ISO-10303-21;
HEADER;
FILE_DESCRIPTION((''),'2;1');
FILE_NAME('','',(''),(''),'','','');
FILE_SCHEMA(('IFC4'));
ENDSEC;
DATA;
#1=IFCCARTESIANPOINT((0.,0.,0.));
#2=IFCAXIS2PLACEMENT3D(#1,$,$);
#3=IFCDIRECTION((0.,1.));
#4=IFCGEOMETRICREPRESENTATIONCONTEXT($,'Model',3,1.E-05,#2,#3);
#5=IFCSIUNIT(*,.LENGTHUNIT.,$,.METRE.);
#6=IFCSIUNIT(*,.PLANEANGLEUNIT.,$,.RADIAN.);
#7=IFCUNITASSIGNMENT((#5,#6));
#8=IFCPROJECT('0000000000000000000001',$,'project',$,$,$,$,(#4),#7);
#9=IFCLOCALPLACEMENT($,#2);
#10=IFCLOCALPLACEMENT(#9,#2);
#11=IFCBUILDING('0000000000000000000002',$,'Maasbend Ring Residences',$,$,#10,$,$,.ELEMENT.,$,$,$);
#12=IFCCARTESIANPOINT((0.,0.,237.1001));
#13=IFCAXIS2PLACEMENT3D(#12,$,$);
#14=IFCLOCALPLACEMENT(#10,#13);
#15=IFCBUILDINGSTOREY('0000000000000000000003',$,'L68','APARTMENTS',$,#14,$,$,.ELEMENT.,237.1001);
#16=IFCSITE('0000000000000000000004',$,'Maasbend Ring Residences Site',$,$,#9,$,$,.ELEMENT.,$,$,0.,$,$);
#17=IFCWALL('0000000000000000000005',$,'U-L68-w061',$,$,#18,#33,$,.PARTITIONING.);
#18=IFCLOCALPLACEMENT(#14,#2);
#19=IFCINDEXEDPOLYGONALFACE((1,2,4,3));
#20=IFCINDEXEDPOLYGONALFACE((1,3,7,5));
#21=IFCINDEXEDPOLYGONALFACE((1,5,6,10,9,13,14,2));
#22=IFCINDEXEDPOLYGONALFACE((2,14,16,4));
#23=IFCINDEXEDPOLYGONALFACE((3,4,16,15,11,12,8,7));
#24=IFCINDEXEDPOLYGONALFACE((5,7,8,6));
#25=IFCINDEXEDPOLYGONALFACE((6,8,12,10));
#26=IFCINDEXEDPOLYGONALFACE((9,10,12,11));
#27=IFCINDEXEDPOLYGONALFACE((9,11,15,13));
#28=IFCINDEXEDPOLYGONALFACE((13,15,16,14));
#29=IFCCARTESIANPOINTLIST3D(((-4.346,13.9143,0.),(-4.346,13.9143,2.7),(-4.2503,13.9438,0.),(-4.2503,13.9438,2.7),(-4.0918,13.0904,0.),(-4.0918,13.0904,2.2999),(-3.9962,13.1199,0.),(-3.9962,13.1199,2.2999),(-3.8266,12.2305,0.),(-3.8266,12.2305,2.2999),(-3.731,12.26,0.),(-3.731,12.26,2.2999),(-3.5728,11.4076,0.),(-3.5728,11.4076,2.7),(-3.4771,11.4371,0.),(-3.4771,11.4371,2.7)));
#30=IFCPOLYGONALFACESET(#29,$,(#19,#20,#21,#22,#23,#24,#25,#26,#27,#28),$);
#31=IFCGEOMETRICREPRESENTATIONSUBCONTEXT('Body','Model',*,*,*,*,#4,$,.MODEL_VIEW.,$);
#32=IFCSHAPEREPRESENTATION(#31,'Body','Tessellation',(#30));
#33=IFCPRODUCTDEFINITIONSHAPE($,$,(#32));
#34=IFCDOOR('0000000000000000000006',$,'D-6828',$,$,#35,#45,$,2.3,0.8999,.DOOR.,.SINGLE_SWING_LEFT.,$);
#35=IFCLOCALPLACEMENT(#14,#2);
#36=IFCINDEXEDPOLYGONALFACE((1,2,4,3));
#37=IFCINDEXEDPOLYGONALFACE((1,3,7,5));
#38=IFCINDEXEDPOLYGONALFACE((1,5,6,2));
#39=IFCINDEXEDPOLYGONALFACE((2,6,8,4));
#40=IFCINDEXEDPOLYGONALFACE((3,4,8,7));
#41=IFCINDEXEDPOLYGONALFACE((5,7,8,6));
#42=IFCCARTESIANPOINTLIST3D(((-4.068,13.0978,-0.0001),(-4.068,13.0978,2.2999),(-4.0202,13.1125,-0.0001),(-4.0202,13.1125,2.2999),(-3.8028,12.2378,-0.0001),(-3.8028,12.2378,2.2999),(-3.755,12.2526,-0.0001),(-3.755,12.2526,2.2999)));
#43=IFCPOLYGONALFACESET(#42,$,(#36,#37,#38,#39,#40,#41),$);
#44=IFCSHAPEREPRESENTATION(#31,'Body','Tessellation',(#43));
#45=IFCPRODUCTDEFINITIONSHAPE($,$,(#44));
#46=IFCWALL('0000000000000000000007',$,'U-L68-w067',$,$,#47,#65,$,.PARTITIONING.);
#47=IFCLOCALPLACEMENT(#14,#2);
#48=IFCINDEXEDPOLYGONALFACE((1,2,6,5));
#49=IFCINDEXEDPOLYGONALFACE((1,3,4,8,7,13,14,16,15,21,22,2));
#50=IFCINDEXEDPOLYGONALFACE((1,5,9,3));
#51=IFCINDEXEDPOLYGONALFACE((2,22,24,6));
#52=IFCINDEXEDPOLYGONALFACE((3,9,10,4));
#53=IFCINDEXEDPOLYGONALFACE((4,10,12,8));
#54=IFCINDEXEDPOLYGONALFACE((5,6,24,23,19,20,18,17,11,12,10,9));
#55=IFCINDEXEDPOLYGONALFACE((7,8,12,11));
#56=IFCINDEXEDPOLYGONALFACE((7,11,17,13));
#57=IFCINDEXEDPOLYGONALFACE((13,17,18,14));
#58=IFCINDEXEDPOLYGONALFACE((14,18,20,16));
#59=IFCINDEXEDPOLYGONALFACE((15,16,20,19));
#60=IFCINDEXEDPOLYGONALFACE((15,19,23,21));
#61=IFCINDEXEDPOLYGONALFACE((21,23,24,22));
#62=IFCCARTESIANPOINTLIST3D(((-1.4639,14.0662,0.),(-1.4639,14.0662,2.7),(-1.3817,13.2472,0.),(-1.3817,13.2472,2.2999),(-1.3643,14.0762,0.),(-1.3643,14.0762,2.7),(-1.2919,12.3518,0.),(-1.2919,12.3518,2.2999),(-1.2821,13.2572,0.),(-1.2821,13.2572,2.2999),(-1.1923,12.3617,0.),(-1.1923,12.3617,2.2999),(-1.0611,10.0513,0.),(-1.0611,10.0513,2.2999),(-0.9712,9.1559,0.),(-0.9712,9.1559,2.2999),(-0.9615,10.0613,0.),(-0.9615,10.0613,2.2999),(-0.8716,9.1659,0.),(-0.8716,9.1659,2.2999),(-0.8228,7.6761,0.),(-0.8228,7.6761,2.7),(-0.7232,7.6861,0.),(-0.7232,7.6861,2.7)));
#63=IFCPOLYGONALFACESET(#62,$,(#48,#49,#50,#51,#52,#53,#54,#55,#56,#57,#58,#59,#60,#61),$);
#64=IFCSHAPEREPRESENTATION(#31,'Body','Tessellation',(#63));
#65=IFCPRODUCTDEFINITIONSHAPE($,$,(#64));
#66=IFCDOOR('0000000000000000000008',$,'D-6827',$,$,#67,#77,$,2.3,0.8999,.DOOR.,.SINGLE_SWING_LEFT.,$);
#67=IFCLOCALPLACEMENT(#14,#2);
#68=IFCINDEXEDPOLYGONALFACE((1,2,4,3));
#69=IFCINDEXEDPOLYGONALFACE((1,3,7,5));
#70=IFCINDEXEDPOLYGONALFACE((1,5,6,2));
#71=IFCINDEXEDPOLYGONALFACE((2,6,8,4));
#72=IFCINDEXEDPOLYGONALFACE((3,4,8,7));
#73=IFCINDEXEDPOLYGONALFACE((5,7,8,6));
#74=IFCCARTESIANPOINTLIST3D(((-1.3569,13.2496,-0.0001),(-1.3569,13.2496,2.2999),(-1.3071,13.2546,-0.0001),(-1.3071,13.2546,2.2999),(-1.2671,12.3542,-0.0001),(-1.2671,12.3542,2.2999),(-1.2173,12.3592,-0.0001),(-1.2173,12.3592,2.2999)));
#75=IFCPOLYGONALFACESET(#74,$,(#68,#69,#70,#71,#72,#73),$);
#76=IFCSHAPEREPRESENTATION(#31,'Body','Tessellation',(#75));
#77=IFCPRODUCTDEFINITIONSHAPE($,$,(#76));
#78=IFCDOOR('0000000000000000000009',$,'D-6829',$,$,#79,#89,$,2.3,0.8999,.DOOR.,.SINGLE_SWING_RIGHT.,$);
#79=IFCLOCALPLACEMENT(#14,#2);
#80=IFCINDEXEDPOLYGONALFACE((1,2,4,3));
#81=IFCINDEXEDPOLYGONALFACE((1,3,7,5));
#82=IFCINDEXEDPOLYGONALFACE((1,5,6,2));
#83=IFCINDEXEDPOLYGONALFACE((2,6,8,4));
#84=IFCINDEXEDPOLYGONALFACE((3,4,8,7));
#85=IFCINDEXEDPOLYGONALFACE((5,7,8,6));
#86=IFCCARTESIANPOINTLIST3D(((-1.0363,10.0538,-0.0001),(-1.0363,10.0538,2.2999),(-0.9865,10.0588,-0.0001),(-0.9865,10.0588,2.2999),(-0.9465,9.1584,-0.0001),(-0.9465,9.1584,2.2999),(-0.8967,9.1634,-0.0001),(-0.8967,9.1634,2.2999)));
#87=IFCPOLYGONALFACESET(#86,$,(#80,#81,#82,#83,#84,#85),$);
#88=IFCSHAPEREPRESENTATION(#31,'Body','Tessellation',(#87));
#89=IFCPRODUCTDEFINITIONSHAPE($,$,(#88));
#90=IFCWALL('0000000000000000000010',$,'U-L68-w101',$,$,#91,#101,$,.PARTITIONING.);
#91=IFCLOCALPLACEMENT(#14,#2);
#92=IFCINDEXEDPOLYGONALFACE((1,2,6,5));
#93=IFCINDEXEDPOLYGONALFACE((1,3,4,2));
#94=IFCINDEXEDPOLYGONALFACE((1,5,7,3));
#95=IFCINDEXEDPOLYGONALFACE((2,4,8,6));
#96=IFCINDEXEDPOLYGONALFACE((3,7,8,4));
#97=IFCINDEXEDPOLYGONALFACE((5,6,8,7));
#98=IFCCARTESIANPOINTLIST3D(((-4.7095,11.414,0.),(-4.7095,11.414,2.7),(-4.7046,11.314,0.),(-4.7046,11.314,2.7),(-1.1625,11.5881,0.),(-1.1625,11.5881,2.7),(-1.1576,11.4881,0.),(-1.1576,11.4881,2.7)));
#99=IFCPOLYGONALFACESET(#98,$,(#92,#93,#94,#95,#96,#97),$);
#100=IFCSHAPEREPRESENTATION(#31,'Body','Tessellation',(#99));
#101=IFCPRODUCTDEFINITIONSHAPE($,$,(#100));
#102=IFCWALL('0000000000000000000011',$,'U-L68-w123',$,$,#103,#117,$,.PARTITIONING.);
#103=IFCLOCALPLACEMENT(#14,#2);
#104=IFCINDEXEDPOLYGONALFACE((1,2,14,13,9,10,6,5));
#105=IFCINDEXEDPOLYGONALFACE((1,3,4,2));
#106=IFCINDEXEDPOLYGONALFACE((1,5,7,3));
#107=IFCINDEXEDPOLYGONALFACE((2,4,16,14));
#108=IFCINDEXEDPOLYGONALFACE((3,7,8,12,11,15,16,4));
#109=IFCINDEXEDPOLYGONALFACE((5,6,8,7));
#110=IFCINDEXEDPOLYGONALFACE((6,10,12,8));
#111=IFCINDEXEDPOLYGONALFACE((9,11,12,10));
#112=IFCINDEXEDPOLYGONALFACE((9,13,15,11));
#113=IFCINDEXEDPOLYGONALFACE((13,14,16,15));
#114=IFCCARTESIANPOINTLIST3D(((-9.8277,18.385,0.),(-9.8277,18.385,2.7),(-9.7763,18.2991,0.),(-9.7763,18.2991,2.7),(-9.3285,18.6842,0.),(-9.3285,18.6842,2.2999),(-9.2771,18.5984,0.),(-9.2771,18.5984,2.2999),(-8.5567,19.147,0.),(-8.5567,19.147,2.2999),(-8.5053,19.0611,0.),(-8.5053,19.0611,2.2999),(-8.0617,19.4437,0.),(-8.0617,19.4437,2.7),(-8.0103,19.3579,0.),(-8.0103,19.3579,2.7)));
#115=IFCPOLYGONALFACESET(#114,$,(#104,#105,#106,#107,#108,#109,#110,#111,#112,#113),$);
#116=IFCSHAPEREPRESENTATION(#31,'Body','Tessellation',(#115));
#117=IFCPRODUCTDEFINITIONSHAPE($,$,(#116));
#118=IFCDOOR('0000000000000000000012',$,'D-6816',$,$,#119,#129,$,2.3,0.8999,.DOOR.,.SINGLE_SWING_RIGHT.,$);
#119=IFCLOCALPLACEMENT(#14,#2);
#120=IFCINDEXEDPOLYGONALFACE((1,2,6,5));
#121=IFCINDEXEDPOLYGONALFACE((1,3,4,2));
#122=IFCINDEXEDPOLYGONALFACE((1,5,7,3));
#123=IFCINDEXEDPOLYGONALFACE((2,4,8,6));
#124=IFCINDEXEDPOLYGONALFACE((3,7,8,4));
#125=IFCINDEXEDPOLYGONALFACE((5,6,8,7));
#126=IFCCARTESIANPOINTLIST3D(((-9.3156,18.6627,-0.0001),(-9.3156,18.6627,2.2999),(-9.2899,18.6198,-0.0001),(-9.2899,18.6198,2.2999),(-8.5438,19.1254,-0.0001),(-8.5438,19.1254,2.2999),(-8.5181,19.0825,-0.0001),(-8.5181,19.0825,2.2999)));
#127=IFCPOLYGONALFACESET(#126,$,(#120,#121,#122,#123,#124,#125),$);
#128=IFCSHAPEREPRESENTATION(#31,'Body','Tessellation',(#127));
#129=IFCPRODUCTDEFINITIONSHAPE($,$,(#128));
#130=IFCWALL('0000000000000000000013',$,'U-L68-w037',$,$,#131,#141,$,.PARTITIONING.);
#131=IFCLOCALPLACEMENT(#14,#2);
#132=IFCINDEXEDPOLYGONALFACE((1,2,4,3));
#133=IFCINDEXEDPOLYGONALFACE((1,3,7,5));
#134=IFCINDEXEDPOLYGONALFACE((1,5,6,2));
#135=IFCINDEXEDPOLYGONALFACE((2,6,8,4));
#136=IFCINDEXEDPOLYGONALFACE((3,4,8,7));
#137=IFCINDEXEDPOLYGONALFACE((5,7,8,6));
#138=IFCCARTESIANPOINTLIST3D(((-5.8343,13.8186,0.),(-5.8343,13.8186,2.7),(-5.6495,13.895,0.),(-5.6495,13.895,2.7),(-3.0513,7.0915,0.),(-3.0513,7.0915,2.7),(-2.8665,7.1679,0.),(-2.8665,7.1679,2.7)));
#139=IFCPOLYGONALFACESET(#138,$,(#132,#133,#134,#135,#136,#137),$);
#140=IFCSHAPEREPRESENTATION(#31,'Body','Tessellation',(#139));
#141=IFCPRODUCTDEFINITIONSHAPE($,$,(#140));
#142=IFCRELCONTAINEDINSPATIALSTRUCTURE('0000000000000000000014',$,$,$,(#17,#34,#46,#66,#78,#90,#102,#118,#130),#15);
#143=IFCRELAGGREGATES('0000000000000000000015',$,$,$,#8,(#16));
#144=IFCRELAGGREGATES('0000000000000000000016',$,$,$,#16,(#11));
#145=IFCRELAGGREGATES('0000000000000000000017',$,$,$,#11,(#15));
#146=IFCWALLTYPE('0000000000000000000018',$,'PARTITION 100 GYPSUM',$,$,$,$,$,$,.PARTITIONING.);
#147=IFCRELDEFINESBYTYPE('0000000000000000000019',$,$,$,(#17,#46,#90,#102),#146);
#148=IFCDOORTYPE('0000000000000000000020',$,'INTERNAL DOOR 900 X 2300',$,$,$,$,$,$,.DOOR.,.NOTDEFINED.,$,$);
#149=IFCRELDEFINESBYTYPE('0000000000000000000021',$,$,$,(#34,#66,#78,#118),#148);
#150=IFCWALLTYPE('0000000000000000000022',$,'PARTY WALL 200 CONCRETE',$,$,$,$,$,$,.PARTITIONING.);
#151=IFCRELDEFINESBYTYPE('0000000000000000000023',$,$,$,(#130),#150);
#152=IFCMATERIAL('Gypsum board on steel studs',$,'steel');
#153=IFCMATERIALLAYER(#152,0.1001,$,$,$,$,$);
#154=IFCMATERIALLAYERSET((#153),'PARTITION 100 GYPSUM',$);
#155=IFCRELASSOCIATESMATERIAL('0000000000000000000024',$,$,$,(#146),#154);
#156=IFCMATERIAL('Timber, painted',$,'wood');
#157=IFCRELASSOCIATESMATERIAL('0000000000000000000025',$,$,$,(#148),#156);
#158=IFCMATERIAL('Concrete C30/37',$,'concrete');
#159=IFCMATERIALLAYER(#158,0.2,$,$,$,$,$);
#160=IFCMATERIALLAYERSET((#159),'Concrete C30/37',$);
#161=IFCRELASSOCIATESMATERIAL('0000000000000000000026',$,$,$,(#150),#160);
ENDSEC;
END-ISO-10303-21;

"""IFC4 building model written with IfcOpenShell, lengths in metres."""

from ifc_helpers import new_model, si_unit, direction, frame, frame_2d, origin, place, context, subcontext, project, spatial, rectangle, extrude, material, layer, layer_set, type_object, element, fill, save


model = new_model("IFC4")

# Units and contexts
model_context = context("Model", 3, precision=1e-05, world=origin(), true_north=direction((0.0, 1.0)))
body_context = subcontext(model_context, "Body", "Model", "MODEL_VIEW")
ifc_project = project(units=[si_unit("LENGTHUNIT", "METRE"), si_unit("PLANEANGLEUNIT", "RADIAN")], contexts=[model_context])

# Site, building, storey
site_placement = place(None, origin())
site = spatial("IfcSite", under=ifc_project, at=site_placement, Name="Maasbend Ring Residences Site", CompositionType="ELEMENT", RefElevation=0.0)
building_placement = place(site_placement, origin())
building = spatial("IfcBuilding", under=site, at=building_placement, Name="Maasbend Ring Residences", CompositionType="ELEMENT")
storey_placement = place(building_placement, frame((0.0, 0.0, 237.1001)))
storey = spatial("IfcBuildingStorey", under=building, at=storey_placement, Name="L68", Description="APARTMENTS", CompositionType="ELEMENT", Elevation=237.1001)

# Shared definitions
ifc_material_1 = material(Name="Gypsum board on steel studs", Category="steel")
ifc_layer_1 = layer(ifc_material_1, 0.1001)
ifc_layer_set_1 = layer_set([ifc_layer_1], Name="PARTITION 100 GYPSUM")
wall_type_1 = type_object("IfcWallType", Name="PARTITION 100 GYPSUM", PredefinedType="PARTITIONING", material=ifc_layer_set_1)

# Wall, opening, door
ifc_material_2 = material(Name="Timber, painted", Category="wood")
door_type_1 = type_object("IfcDoorType", Name="INTERNAL DOOR 900 X 2300", OperationType="NOTDEFINED", PredefinedType="DOOR", material=ifc_material_2)
wall_1_placement = place(storey_placement, frame((-4.2981, 13.929, 0.0), z_axis=(0.0, 0.0, 1.0), x_axis=(0.294733, -0.95558, 0.0)))
wall_1 = element("IfcWall", 1, at=wall_1_placement, inside=storey, type_object=wall_type_1, Name="U-L68-w061", PredefinedType="PARTITIONING", context=body_context, shape_type="SweptSolid", body=[
    extrude(rectangle(XDim=2.6233, YDim=0.1001, at=frame_2d((1.3115, 0.0))), origin(), (0.0, 0.0, 1.0), 2.7),
])
opening_1_placement = place(wall_1_placement, frame((0.8621, 0.0, 0.0)))
opening_1 = element("IfcOpeningElement", 2, at=opening_1_placement, cuts=wall_1, PredefinedType="OPENING", context=body_context, shape_type="SweptSolid", body=[
    extrude(rectangle(XDim=0.8999, YDim=2.3, at=frame_2d((0.45, 1.1499))), frame((0.0, 0.0601, 0.0), z_axis=(0.0, -1.0, 0.0), x_axis=(1.0, 0.0, 0.0)), (0.0, 0.0, 1.0), 0.1201),
])
door_1_placement = place(opening_1_placement, origin())
door_1 = element("IfcDoor", 3, at=door_1_placement, inside=storey, type_object=door_type_1, Name="D-6828", OperationType="SINGLE_SWING_LEFT", OverallHeight=2.3, OverallWidth=0.8999, PredefinedType="DOOR", context=body_context, shape_type="SweptSolid", body=[
    extrude(rectangle(XDim=0.8999, YDim=2.3, at=frame_2d((0.45, 1.1499))), frame((0.0, 0.0249, 0.0), z_axis=(0.0, -1.0, 0.0), x_axis=(1.0, 0.0, 0.0)), (0.0, 0.0, 1.0), 0.05),
])
fill(opening_1, door_1)

# Wall, openings, doors
wall_2_placement = place(storey_placement, frame((-1.4141, 14.071, 0.0), z_axis=(0.0, 0.0, 1.0), x_axis=(0.099827, -0.995005, 0.0)))
wall_2 = element("IfcWall", 4, at=wall_2_placement, inside=storey, type_object=wall_type_1, Name="U-L68-w067", PredefinedType="PARTITIONING", context=body_context, shape_type="SweptSolid", body=[
    extrude(rectangle(XDim=6.4221, YDim=0.1001, at=frame_2d((3.2109, 0.0))), origin(), (0.0, 0.0, 1.0), 2.7),
])
opening_2_placement = place(wall_2_placement, frame((0.823, 0.0, 0.0)))
opening_2 = element("IfcOpeningElement", 5, at=opening_2_placement, cuts=wall_2, PredefinedType="OPENING", context=body_context, shape_type="SweptSolid", body=[
    extrude(rectangle(XDim=0.8999, YDim=2.3, at=frame_2d((0.45, 1.1499))), frame((0.0, 0.0601, 0.0), z_axis=(0.0, -1.0, 0.0), x_axis=(1.0, 0.0, 0.0)), (0.0, 0.0, 1.0), 0.1201),
])
opening_3_placement = place(wall_2_placement, frame((4.0349, 0.0, 0.0)))
opening_3 = element("IfcOpeningElement", 6, at=opening_3_placement, cuts=wall_2, PredefinedType="OPENING", context=body_context, shape_type="SweptSolid", body=[
    extrude(rectangle(XDim=0.8999, YDim=2.3, at=frame_2d((0.45, 1.1499))), frame((0.0, 0.0601, 0.0), z_axis=(0.0, -1.0, 0.0), x_axis=(1.0, 0.0, 0.0)), (0.0, 0.0, 1.0), 0.1201),
])
door_2_placement = place(opening_2_placement, origin())
door_2 = element("IfcDoor", 7, at=door_2_placement, inside=storey, type_object=door_type_1, Name="D-6827", OperationType="SINGLE_SWING_LEFT", OverallHeight=2.3, OverallWidth=0.8999, PredefinedType="DOOR", context=body_context, shape_type="SweptSolid", body=[
    extrude(rectangle(XDim=0.8999, YDim=2.3, at=frame_2d((0.45, 1.1499))), frame((0.0, 0.0249, 0.0), z_axis=(0.0, -1.0, 0.0), x_axis=(1.0, 0.0, 0.0)), (0.0, 0.0, 1.0), 0.05),
])
fill(opening_2, door_2)
door_3_placement = place(opening_3_placement, origin())
door_3 = element("IfcDoor", 8, at=door_3_placement, inside=storey, type_object=door_type_1, Name="D-6829", OperationType="SINGLE_SWING_RIGHT", OverallHeight=2.3, OverallWidth=0.8999, PredefinedType="DOOR", context=body_context, shape_type="SweptSolid", body=[
    extrude(rectangle(XDim=0.8999, YDim=2.3, at=frame_2d((0.45, 1.1499))), frame((0.0, 0.0249, 0.0), z_axis=(0.0, -1.0, 0.0), x_axis=(1.0, 0.0, 0.0)), (0.0, 0.0, 1.0), 0.05),
])
fill(opening_3, door_3)

# Wall
wall_3_placement = place(storey_placement, frame((-4.707, 11.364, 0.0), z_axis=(0.0, 0.0, 1.0), x_axis=(0.998798, 0.049015, 0.0)))
element("IfcWall", 9, at=wall_3_placement, inside=storey, type_object=wall_type_1, Name="U-L68-w101", PredefinedType="PARTITIONING", context=body_context, shape_type="SweptSolid", body=[
    extrude(rectangle(XDim=3.5513, YDim=0.1001, at=frame_2d((1.7756, 0.0))), origin(), (0.0, 0.0, 1.0), 2.7),
])

# Wall, opening, door
wall_4_placement = place(storey_placement, frame((-9.802, 18.342, 0.0), z_axis=(0.0, 0.0, 1.0), x_axis=(0.857671, 0.514199, 0.0)))
wall_4 = element("IfcWall", 10, at=wall_4_placement, inside=storey, type_object=wall_type_1, Name="U-L68-w123", PredefinedType="PARTITIONING", context=body_context, shape_type="SweptSolid", body=[
    extrude(rectangle(XDim=2.0591, YDim=0.1001, at=frame_2d((1.0295, 0.0))), origin(), (0.0, 0.0, 1.0), 2.7),
])
opening_4_placement = place(wall_4_placement, frame((0.582, 0.0, 0.0)))
opening_4 = element("IfcOpeningElement", 11, at=opening_4_placement, cuts=wall_4, PredefinedType="OPENING", context=body_context, shape_type="SweptSolid", body=[
    extrude(rectangle(XDim=0.8999, YDim=2.3, at=frame_2d((0.45, 1.1499))), frame((0.0, 0.0601, 0.0), z_axis=(0.0, -1.0, 0.0), x_axis=(1.0, 0.0, 0.0)), (0.0, 0.0, 1.0), 0.1201),
])
door_4_placement = place(opening_4_placement, origin())
door_4 = element("IfcDoor", 12, at=door_4_placement, inside=storey, type_object=door_type_1, Name="D-6816", OperationType="SINGLE_SWING_RIGHT", OverallHeight=2.3, OverallWidth=0.8999, PredefinedType="DOOR", context=body_context, shape_type="SweptSolid", body=[
    extrude(rectangle(XDim=0.8999, YDim=2.3, at=frame_2d((0.45, 1.1499))), frame((0.0, 0.0249, 0.0), z_axis=(0.0, -1.0, 0.0), x_axis=(1.0, 0.0, 0.0)), (0.0, 0.0, 1.0), 0.05),
])
fill(opening_4, door_4)

# Wall
ifc_material_3 = material(Name="Concrete C30/37", Category="concrete")
ifc_layer_2 = layer(ifc_material_3, 0.2)
ifc_layer_set_2 = layer_set([ifc_layer_2], Name="Concrete C30/37")
wall_type_2 = type_object("IfcWallType", Name="PARTY WALL 200 CONCRETE", PredefinedType="PARTITIONING", material=ifc_layer_set_2)
wall_5_placement = place(storey_placement, frame((-5.7419, 13.8569, 0.0), z_axis=(0.0, 0.0, 1.0), x_axis=(0.382276, -0.924048, 0.0)))
element("IfcWall", 13, at=wall_5_placement, inside=storey, type_object=wall_type_2, Name="U-L68-w037", PredefinedType="PARTITIONING", context=body_context, shape_type="SweptSolid", body=[
    extrude(rectangle(XDim=7.28, YDim=0.2, at=frame_2d((3.6401, 0.0))), origin(), (0.0, 0.0, 1.0), 2.7),
])

save(model, "model.ifc")
